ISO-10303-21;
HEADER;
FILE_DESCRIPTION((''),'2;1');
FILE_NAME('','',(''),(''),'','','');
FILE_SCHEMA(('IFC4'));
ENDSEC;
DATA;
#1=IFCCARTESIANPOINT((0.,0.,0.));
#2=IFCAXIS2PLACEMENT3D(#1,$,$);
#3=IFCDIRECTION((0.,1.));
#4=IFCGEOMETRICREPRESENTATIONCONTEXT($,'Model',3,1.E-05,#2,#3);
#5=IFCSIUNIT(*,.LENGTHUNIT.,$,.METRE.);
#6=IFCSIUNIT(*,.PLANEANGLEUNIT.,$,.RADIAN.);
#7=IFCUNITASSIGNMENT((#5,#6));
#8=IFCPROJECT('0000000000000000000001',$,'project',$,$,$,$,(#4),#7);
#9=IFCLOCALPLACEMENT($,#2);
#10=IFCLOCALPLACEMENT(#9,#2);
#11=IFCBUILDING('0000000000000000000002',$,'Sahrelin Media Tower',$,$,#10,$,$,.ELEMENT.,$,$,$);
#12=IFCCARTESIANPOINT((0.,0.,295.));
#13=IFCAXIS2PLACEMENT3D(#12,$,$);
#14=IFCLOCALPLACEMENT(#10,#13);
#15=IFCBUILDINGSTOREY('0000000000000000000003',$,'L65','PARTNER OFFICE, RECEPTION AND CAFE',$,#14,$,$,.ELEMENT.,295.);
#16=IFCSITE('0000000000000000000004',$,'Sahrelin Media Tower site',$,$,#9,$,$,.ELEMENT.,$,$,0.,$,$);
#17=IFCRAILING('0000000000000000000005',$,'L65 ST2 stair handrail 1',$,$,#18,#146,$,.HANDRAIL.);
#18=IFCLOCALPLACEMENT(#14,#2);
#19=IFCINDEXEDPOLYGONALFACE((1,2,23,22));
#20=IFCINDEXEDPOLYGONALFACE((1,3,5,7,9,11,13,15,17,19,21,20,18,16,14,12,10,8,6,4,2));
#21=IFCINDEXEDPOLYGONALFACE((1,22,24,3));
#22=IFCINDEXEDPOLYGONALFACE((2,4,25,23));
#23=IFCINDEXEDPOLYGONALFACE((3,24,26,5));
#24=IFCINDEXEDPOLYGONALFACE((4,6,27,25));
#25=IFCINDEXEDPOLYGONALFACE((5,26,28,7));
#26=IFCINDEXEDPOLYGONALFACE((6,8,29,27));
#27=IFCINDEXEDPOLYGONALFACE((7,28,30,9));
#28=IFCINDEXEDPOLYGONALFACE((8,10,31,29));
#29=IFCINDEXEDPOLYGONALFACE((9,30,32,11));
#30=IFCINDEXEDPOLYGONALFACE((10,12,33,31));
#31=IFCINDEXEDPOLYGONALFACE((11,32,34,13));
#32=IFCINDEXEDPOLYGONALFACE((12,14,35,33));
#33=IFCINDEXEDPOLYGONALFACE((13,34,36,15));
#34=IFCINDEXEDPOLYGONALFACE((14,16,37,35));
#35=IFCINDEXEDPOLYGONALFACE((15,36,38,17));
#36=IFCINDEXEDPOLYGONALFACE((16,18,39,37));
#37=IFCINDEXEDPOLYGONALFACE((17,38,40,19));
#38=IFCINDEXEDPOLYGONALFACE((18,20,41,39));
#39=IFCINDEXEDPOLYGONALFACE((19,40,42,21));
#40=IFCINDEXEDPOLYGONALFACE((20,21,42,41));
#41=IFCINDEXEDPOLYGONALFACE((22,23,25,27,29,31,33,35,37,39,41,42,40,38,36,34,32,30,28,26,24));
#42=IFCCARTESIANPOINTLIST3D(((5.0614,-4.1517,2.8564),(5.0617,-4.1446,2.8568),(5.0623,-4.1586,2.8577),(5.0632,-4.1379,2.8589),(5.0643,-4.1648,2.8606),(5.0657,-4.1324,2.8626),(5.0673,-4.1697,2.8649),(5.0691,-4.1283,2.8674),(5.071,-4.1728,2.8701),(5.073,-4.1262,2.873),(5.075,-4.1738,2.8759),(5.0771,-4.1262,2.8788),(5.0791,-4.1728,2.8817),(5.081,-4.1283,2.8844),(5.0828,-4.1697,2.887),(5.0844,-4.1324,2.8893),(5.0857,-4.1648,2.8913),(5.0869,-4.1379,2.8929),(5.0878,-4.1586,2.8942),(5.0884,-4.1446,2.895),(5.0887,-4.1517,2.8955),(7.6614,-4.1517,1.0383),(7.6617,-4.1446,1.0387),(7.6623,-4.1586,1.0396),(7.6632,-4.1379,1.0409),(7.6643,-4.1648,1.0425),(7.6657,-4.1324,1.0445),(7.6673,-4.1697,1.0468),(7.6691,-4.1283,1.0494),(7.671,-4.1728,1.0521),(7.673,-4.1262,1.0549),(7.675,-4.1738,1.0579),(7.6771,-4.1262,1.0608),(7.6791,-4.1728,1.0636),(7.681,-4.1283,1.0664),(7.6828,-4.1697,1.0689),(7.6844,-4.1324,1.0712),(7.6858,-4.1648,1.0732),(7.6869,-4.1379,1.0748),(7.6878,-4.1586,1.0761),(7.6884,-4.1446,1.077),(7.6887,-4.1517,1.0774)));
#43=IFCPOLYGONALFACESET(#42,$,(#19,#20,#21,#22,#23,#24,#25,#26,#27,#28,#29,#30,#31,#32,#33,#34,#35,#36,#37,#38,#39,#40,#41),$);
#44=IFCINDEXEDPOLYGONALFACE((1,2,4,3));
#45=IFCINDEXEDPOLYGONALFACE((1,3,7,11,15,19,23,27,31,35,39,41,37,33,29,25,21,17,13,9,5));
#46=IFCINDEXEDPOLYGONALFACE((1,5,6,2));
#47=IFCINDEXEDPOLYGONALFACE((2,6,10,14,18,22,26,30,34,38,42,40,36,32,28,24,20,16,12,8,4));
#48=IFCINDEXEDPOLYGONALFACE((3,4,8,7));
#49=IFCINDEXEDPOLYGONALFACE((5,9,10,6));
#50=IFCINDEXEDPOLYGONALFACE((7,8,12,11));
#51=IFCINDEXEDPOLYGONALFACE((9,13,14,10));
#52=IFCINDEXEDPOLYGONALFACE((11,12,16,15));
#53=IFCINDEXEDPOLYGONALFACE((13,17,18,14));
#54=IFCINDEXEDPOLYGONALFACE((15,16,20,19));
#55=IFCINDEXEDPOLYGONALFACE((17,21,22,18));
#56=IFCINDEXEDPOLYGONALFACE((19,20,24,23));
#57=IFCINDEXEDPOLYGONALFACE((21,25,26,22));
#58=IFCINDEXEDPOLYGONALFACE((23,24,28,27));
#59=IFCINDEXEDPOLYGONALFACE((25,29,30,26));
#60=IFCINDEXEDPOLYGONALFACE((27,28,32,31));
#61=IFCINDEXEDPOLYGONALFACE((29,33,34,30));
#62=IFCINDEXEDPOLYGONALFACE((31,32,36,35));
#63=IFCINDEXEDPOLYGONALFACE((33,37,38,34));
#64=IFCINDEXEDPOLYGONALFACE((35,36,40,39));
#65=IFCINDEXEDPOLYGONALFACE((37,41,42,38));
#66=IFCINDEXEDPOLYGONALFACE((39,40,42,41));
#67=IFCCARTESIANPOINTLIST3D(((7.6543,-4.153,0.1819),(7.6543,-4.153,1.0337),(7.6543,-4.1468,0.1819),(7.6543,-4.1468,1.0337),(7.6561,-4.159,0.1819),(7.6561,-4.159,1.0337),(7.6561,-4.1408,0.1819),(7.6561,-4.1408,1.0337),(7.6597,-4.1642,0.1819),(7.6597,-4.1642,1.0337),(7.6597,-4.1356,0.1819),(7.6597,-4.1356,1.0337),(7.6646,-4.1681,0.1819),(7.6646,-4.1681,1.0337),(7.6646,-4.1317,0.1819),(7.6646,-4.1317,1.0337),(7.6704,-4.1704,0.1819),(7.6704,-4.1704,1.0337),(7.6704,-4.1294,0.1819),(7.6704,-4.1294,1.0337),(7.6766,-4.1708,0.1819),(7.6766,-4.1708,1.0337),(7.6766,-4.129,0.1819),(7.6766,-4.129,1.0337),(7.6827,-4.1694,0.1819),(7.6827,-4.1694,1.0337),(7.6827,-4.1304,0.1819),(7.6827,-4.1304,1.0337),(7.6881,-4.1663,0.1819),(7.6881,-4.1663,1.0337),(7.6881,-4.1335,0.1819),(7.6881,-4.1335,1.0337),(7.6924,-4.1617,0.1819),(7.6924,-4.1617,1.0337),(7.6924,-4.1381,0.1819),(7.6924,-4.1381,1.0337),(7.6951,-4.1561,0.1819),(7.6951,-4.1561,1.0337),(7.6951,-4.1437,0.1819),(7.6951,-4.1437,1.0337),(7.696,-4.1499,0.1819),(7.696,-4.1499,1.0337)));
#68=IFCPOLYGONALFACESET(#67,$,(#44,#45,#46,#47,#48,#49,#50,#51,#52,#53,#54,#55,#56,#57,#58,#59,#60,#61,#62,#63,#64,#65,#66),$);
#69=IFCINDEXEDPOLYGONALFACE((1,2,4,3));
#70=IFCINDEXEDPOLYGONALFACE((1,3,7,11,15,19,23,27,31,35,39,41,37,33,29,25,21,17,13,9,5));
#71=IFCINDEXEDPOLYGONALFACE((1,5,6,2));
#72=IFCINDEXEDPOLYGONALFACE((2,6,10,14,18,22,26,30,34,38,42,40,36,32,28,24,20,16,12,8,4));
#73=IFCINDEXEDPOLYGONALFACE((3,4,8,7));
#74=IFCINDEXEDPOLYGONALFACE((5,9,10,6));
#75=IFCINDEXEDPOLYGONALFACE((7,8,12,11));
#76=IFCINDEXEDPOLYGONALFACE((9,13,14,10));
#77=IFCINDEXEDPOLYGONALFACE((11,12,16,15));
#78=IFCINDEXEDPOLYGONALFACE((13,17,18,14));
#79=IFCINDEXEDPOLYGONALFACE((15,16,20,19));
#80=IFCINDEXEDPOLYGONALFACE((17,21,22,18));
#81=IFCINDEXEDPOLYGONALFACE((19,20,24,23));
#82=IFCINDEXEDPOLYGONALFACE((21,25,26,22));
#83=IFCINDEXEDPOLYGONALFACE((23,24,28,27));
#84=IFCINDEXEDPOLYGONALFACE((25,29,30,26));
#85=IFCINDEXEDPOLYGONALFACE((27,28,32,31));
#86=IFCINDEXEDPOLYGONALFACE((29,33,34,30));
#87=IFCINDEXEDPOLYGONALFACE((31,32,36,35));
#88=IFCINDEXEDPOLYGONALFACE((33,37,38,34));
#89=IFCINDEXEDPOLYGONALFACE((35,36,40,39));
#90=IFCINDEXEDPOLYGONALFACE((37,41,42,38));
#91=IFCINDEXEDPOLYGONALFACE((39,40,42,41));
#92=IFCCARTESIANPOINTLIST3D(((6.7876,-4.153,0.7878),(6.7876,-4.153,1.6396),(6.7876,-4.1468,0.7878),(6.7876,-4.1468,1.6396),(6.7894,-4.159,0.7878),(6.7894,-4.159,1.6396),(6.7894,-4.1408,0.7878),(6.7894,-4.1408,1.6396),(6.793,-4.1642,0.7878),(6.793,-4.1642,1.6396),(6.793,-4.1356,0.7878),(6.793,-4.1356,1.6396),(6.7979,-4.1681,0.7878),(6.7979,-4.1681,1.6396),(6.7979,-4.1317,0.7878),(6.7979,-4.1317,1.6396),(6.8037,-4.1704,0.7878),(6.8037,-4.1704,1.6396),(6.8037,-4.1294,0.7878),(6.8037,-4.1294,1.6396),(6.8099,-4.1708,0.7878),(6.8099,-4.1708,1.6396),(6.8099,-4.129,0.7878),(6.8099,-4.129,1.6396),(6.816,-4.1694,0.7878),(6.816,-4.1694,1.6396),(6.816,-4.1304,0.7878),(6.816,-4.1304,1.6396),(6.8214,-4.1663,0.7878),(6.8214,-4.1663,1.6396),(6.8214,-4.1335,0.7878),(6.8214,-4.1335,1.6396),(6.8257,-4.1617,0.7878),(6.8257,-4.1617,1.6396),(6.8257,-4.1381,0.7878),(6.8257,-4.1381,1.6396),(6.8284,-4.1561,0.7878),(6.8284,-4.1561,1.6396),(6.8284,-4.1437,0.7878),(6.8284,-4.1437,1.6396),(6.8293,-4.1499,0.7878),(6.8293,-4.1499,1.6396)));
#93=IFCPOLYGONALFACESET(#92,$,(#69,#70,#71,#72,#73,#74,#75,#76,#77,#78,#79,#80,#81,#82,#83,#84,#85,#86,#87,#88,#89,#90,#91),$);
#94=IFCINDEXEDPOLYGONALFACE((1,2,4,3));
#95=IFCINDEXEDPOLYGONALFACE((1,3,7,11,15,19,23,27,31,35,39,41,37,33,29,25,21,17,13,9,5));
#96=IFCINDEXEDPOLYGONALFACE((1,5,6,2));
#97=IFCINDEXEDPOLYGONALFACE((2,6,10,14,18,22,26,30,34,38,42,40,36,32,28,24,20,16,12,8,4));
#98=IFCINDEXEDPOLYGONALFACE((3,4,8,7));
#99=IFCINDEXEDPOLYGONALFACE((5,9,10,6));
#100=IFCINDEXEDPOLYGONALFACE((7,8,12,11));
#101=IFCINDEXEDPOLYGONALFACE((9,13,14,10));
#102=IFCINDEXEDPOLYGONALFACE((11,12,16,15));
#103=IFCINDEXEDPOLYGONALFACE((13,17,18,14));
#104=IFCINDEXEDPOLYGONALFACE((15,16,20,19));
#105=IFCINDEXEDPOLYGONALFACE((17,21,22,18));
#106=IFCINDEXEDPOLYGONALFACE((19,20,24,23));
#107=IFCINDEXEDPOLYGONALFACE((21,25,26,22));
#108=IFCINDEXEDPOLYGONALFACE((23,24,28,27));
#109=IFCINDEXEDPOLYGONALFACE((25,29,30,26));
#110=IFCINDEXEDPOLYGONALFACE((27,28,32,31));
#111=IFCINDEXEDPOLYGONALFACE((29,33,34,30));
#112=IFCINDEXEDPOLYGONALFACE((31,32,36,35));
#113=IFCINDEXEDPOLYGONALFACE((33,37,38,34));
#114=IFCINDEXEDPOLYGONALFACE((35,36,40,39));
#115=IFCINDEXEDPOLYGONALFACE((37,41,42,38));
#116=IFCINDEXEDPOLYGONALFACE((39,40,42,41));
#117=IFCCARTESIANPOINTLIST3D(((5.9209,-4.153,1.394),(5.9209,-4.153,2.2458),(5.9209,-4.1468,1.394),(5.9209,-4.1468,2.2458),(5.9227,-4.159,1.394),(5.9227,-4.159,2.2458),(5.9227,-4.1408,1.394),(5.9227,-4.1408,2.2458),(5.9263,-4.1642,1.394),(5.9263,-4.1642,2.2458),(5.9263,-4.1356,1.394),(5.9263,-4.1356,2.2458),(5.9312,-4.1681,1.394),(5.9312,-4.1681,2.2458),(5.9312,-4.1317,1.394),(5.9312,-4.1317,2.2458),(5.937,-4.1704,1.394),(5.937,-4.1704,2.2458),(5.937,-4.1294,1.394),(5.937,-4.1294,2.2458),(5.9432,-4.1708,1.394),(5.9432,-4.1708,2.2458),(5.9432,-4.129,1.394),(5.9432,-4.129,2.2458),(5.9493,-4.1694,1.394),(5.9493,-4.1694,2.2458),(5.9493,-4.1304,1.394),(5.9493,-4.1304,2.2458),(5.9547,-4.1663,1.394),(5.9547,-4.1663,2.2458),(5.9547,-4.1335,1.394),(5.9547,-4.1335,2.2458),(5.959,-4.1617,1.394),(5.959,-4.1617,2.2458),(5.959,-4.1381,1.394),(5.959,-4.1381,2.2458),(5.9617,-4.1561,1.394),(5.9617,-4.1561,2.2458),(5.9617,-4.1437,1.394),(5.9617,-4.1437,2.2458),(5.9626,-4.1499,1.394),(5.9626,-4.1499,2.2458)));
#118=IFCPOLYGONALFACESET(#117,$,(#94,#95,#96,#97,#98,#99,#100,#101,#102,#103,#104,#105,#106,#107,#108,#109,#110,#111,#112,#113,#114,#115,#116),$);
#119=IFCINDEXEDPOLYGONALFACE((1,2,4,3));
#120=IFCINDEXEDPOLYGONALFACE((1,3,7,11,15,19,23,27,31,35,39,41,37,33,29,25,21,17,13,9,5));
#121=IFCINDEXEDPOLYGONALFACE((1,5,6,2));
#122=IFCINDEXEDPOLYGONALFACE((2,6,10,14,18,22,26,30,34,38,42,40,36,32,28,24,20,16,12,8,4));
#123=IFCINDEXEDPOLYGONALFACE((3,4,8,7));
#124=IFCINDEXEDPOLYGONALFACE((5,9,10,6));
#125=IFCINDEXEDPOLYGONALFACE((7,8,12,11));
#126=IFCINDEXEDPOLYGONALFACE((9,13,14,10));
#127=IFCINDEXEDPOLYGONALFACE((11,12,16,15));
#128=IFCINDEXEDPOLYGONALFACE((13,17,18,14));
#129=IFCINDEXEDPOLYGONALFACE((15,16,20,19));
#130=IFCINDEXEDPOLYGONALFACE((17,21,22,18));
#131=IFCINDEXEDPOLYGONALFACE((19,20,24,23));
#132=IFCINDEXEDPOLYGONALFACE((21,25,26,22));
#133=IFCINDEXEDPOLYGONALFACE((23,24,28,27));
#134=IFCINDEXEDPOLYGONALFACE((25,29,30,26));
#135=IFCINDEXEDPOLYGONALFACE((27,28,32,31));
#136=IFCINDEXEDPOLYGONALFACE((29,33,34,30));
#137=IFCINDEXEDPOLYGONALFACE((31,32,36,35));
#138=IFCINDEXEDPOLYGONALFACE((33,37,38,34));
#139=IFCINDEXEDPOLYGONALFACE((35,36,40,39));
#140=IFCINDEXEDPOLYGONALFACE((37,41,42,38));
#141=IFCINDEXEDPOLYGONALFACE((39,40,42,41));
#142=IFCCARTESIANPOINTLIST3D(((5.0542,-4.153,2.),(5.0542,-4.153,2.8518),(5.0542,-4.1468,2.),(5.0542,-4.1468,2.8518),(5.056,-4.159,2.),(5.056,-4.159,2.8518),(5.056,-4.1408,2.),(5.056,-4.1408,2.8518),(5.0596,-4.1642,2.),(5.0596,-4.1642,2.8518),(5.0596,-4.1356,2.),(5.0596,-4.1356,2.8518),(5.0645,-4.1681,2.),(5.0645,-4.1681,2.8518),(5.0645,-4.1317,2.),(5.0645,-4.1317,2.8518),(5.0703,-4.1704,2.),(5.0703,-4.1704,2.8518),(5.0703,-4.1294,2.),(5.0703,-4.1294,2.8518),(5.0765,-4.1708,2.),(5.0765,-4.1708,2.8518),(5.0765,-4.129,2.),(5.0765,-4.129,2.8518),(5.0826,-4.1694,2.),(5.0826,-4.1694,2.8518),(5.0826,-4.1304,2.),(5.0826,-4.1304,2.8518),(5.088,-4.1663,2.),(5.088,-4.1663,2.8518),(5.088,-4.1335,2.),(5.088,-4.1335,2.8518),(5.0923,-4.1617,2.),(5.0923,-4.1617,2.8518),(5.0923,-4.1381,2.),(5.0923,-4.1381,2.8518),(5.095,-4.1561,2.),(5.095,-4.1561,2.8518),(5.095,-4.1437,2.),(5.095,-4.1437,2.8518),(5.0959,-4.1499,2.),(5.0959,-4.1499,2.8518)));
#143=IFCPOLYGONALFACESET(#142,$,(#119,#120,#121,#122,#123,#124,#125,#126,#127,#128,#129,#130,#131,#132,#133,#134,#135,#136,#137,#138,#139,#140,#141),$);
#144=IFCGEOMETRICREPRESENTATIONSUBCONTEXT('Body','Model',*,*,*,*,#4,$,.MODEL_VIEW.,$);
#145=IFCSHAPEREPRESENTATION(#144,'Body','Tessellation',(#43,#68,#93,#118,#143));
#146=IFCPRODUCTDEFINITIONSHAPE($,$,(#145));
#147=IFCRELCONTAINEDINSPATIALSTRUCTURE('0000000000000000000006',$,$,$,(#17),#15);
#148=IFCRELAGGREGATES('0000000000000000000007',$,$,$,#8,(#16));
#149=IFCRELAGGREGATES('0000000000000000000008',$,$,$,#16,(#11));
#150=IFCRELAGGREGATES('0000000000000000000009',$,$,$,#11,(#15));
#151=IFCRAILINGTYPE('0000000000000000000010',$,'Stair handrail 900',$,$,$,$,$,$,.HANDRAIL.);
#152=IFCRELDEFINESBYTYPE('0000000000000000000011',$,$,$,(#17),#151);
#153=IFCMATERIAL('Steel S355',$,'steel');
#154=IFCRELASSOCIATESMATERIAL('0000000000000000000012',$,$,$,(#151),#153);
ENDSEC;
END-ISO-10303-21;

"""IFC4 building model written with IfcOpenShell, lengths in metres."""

from ifc_helpers import new_model, si_unit, direction, frame, origin, origin_2d, place, context, subcontext, project, spatial, circle, extrude, material, type_object, element, save


model = new_model("IFC4")

# Units and contexts
model_context = context("Model", 3, precision=1e-05, world=origin(), true_north=direction((0.0, 1.0)))
body_context = subcontext(model_context, "Body", "Model", "MODEL_VIEW")
ifc_project = project(units=[si_unit("LENGTHUNIT", "METRE"), si_unit("PLANEANGLEUNIT", "RADIAN")], contexts=[model_context])

# Site, building, storey
site_placement = place(None, origin())
site = spatial("IfcSite", under=ifc_project, at=site_placement, Name="Sahrelin Media Tower site", CompositionType="ELEMENT", RefElevation=0.0)
building_placement = place(site_placement, origin())
building = spatial("IfcBuilding", under=site, at=building_placement, Name="Sahrelin Media Tower", CompositionType="ELEMENT")
storey_placement = place(building_placement, frame((0.0, 0.0, 295.0)))
storey = spatial("IfcBuildingStorey", under=building, at=storey_placement, Name="L65", Description="PARTNER OFFICE, RECEPTION AND CAFE", CompositionType="ELEMENT", Elevation=295.0)

# Shared definitions
ifc_material_1 = material(Name="Steel S355", Category="steel")

# Railing
railing_type_1 = type_object("IfcRailingType", Name="Stair handrail 900", PredefinedType="HANDRAIL", material=ifc_material_1)
railing_1_placement = place(storey_placement, frame((7.675, -4.1499, 0.1819)))
element("IfcRailing", 1, at=railing_1_placement, inside=storey, type_object=railing_type_1, Name="L65 ST2 stair handrail 1", PredefinedType="HANDRAIL", context=body_context, shape_type="SweptSolid", body=[
    extrude(circle(Radius=0.0239, at=origin_2d()), frame((0.0, 0.0, 0.876), z_axis=(-0.819521, 0.0, 0.573049), x_axis=(0.0, -1.0, 0.0)), (0.0, 0.0, 1.0), 3.1726),
    extrude(circle(Radius=0.021, at=origin_2d()), origin(), (0.0, 0.0, 1.0), 0.8518),
    extrude(circle(Radius=0.021, at=origin_2d()), frame((-0.8667, 0.0, 0.606)), (0.0, 0.0, 1.0), 0.8518),
    extrude(circle(Radius=0.021, at=origin_2d()), frame((-1.7334, 0.0, 1.2122)), (0.0, 0.0, 1.0), 0.8518),
    extrude(circle(Radius=0.021, at=origin_2d()), frame((-2.6001, 0.0, 1.8181)), (0.0, 0.0, 1.0), 0.8518),
])

save(model, "model.ifc")
